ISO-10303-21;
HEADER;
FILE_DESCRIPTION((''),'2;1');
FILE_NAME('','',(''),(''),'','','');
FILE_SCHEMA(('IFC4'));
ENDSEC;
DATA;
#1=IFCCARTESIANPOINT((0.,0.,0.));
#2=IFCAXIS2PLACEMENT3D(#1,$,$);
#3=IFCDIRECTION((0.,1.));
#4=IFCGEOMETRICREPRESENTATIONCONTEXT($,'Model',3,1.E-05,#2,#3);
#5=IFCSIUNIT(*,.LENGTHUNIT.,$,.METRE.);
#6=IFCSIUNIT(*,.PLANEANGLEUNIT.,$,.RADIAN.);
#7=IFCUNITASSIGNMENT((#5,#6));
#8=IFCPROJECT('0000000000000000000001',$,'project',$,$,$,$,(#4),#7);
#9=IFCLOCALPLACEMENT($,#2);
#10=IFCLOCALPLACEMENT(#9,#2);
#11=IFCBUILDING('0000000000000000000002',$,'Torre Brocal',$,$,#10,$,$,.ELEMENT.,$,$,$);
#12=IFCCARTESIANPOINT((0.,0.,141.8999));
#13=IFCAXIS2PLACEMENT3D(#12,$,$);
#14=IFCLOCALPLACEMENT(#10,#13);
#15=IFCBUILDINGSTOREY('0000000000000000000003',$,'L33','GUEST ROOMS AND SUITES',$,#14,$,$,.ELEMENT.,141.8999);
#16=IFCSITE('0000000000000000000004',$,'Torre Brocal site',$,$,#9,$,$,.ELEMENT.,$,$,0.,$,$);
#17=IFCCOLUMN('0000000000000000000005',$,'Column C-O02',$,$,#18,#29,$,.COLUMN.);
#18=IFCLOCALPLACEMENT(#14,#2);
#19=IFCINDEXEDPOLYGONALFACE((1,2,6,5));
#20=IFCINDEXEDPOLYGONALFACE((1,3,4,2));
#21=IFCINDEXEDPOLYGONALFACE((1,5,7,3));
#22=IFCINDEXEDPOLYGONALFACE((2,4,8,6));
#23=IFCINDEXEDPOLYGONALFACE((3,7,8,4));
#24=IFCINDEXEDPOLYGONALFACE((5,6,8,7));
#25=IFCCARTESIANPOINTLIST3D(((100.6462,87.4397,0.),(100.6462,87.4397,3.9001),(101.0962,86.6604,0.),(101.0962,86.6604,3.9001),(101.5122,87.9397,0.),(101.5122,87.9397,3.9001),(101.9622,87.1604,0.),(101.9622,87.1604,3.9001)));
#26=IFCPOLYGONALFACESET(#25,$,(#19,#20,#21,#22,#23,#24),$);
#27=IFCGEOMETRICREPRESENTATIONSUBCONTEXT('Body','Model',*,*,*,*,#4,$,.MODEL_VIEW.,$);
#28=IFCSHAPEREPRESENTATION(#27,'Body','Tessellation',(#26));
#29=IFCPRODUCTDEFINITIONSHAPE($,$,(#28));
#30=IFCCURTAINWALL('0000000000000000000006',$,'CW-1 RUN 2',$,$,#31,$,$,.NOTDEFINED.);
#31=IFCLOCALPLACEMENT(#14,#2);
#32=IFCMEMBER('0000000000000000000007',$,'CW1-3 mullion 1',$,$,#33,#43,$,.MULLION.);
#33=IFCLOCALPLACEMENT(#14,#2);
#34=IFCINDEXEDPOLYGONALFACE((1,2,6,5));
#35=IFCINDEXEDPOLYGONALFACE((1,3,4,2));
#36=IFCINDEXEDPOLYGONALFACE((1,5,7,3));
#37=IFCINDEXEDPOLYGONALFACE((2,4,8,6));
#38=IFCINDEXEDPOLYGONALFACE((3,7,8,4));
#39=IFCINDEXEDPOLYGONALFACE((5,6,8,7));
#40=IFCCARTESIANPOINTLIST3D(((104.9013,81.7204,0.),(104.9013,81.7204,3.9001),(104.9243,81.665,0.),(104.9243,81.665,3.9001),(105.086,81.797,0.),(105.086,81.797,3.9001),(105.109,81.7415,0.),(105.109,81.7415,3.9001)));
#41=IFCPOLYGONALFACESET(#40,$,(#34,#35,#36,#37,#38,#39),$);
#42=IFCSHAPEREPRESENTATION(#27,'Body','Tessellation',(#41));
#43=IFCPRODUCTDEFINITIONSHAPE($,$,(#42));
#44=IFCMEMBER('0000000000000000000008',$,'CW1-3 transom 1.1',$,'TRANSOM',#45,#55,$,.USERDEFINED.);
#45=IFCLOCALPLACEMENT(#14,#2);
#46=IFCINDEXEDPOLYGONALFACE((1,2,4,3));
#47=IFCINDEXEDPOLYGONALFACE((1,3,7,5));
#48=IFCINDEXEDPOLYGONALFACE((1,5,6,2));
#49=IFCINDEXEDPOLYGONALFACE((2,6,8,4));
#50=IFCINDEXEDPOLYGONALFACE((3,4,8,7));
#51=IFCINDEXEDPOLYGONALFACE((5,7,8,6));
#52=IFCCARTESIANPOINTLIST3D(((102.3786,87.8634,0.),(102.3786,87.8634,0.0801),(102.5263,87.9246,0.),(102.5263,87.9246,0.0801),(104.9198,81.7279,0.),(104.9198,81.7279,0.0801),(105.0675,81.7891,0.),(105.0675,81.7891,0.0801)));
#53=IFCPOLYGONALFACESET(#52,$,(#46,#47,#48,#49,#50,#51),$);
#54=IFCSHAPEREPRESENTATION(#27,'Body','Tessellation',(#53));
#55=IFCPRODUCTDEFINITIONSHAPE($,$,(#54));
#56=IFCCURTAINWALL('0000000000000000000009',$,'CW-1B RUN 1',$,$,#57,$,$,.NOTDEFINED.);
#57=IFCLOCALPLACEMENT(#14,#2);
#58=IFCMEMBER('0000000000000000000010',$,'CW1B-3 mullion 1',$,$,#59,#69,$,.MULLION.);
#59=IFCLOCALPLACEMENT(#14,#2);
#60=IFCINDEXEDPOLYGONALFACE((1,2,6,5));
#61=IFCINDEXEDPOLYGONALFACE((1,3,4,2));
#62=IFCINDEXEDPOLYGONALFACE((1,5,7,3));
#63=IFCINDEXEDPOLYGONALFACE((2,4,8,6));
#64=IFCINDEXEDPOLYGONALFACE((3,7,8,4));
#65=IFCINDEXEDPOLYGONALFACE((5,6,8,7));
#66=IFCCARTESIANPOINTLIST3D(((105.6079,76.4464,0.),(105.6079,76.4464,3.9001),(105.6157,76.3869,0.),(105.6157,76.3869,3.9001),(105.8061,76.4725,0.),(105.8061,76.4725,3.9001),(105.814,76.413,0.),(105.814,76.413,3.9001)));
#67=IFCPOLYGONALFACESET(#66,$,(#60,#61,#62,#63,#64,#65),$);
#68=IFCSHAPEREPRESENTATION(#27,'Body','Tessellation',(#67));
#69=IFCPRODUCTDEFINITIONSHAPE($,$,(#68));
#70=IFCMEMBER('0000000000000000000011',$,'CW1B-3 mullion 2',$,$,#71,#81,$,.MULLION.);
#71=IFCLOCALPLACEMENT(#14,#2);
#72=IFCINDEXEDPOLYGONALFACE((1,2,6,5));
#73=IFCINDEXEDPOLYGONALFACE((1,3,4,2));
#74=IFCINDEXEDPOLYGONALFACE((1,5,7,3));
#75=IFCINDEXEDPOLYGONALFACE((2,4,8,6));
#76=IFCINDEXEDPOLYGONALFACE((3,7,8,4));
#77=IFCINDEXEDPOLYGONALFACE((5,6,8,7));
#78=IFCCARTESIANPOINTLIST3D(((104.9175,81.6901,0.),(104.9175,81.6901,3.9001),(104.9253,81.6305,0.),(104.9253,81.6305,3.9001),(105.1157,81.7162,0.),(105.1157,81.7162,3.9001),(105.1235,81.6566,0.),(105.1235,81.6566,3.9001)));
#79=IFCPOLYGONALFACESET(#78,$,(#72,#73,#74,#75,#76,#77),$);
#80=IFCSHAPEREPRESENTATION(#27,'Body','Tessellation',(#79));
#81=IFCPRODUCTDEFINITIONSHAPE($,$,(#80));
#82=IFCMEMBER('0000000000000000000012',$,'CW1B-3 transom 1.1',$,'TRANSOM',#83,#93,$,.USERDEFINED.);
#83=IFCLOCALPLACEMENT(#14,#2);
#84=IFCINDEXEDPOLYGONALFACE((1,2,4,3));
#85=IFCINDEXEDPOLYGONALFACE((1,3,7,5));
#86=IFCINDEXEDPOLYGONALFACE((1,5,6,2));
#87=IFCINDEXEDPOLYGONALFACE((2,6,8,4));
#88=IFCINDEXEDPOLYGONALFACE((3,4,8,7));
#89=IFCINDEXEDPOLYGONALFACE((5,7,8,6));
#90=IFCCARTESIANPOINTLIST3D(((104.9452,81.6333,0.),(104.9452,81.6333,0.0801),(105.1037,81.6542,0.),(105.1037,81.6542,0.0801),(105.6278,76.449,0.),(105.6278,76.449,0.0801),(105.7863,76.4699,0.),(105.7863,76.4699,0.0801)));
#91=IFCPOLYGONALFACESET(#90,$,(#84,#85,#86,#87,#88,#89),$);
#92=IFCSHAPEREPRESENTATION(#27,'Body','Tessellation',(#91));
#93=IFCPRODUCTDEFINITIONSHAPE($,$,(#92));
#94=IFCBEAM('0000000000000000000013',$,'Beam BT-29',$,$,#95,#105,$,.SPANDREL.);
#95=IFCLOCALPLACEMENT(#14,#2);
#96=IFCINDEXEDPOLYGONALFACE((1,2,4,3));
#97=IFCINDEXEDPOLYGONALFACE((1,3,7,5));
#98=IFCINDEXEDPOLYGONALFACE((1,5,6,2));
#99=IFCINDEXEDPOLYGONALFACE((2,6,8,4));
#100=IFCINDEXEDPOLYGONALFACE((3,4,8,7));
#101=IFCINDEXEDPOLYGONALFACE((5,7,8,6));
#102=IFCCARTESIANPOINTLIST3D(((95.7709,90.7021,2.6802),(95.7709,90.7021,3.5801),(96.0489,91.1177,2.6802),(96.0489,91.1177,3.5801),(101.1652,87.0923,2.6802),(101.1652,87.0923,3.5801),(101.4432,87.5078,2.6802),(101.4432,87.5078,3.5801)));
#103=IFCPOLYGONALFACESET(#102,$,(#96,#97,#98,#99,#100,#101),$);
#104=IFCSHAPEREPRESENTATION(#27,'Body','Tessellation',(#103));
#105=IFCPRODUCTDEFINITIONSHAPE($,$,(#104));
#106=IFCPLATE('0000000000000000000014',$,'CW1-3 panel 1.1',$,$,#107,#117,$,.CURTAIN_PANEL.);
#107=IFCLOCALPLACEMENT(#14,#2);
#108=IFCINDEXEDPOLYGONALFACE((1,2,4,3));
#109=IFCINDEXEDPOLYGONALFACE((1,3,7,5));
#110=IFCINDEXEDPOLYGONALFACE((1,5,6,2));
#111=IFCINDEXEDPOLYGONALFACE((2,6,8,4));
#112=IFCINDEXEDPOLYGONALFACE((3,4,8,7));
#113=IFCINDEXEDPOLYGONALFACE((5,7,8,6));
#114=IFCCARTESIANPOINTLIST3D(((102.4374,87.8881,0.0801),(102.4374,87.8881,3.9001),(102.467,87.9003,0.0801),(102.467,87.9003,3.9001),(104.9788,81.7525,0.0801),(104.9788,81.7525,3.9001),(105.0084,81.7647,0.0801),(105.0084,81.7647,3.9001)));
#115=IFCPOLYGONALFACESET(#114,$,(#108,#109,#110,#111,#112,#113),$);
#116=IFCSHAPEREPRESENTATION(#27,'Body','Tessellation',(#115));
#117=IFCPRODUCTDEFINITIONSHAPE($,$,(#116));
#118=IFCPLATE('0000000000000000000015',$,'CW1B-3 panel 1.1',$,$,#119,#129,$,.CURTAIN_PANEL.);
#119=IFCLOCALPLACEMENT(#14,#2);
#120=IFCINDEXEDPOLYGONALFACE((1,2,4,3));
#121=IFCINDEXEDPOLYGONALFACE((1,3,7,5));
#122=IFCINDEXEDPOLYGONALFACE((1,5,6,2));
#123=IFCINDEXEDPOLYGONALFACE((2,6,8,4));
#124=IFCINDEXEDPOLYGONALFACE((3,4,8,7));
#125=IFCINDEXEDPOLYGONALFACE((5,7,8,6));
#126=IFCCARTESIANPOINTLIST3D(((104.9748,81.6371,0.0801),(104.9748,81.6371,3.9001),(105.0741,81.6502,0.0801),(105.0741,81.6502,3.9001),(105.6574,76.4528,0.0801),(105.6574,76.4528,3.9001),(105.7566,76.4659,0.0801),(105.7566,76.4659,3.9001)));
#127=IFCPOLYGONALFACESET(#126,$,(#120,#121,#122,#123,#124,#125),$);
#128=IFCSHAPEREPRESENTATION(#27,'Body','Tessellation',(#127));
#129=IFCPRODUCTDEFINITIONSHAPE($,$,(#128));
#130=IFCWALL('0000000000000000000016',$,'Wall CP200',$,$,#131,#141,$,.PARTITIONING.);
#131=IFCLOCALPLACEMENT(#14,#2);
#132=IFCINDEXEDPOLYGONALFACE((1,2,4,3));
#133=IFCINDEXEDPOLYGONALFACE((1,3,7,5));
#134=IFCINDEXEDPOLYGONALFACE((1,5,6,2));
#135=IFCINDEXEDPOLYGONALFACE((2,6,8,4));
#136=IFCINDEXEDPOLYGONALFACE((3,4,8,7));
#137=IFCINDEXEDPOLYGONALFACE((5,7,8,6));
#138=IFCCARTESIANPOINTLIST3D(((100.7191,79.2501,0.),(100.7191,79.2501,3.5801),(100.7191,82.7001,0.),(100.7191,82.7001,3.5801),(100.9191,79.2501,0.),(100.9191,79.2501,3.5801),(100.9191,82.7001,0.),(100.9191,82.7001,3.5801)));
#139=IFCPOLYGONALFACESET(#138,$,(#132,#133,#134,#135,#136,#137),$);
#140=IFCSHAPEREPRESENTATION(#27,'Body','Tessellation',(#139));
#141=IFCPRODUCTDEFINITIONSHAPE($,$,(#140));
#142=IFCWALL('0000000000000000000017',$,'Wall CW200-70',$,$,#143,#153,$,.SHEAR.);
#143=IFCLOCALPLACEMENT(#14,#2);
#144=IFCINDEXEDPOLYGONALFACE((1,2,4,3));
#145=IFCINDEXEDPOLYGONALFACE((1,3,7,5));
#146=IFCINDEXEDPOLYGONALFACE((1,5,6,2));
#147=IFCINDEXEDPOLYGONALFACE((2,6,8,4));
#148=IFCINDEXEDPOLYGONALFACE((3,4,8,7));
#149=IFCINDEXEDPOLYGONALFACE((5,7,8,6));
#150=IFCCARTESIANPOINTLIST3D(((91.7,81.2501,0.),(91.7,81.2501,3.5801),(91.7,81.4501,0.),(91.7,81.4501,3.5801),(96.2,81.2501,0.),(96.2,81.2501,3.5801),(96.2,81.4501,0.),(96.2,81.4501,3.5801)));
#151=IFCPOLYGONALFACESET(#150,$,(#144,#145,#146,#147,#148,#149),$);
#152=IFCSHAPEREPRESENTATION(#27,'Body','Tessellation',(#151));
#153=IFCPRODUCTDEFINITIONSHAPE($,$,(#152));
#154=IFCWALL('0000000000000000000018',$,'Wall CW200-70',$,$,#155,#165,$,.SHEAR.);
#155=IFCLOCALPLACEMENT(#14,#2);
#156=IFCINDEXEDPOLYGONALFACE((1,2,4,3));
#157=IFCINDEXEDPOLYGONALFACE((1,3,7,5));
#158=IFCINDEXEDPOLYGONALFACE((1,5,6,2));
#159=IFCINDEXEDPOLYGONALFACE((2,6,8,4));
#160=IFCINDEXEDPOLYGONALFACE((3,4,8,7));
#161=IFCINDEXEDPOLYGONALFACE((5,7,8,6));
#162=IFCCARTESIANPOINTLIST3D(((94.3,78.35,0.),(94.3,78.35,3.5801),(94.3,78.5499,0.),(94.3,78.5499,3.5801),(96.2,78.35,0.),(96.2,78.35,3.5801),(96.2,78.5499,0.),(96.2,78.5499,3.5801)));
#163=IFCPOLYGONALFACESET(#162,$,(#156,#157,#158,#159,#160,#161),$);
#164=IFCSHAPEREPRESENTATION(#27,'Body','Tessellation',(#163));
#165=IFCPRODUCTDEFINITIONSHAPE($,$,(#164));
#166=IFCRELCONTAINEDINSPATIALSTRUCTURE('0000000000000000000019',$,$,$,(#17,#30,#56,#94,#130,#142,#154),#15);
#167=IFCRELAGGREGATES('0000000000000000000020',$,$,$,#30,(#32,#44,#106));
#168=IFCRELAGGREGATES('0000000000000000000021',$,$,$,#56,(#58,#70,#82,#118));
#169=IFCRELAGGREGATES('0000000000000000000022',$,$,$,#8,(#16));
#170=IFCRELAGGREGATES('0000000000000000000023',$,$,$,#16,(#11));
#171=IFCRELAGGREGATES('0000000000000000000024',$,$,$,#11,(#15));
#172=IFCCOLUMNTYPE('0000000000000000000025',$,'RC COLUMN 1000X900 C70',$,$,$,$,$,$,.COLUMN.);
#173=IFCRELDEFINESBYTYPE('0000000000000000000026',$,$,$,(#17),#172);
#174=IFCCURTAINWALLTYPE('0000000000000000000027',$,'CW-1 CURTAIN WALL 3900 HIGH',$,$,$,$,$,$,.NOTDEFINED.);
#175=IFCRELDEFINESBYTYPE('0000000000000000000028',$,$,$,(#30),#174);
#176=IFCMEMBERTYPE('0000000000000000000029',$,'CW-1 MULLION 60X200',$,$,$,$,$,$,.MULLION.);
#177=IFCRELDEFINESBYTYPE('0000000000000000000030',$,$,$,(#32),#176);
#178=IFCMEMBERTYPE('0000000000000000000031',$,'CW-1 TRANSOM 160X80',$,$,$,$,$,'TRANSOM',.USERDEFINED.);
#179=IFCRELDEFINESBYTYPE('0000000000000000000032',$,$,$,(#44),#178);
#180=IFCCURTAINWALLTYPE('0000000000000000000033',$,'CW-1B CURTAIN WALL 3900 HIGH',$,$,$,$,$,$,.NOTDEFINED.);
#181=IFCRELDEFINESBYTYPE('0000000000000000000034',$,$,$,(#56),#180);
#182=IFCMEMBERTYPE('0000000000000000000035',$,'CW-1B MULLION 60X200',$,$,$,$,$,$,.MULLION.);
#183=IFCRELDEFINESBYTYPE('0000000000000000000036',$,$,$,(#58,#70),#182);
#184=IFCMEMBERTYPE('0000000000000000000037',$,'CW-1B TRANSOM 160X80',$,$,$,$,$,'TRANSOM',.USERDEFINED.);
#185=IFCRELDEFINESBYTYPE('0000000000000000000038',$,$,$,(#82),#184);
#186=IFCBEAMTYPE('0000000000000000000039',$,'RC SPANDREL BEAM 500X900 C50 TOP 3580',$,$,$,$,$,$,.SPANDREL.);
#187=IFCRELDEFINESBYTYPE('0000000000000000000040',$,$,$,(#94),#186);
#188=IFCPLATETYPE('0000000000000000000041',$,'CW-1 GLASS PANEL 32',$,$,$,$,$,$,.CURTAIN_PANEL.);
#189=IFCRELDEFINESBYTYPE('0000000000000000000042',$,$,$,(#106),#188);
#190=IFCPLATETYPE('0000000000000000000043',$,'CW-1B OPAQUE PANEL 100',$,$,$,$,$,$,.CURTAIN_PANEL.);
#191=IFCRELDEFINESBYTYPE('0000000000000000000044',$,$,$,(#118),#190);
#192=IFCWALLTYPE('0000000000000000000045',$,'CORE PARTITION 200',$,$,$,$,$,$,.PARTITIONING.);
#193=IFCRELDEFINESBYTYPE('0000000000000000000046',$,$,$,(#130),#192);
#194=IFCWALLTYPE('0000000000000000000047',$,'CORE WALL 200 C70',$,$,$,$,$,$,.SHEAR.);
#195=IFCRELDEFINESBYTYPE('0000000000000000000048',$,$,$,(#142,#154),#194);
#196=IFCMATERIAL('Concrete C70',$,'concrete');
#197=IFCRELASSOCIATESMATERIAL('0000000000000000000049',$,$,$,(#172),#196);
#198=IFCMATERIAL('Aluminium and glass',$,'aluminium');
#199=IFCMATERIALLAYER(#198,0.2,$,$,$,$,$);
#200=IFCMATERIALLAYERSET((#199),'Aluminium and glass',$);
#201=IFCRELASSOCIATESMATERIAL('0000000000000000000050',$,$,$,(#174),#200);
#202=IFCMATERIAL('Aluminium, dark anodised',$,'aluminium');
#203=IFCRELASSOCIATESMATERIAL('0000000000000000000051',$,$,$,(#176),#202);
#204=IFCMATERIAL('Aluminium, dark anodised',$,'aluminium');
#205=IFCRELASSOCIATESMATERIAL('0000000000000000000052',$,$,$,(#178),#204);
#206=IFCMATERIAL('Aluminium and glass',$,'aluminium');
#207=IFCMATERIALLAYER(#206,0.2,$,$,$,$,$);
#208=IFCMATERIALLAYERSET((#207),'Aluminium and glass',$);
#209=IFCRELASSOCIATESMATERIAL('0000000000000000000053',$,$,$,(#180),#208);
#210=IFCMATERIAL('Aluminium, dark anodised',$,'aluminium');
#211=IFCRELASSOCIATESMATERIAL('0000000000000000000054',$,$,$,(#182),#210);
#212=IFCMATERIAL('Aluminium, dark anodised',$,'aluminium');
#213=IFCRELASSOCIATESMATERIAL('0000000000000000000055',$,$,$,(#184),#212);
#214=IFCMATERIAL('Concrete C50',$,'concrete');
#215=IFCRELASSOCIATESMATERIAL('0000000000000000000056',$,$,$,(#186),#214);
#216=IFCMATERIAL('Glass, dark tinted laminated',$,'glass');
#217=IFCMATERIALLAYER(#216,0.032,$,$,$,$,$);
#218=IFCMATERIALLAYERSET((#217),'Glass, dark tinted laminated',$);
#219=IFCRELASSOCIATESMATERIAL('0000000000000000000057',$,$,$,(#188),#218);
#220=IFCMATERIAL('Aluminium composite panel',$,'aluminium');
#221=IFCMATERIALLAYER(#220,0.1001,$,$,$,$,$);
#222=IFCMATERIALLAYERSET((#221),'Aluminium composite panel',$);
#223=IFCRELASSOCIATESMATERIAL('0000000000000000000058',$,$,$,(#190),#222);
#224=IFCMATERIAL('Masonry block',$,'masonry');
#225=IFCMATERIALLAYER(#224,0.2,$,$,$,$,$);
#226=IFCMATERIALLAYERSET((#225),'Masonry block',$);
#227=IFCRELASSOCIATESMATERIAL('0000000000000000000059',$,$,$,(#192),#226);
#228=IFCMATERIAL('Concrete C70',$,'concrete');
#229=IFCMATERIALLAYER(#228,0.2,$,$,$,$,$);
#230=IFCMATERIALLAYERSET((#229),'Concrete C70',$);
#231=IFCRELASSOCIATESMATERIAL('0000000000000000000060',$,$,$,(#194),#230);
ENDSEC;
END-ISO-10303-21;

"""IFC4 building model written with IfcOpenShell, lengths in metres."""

from ifc_helpers import new_model, si_unit, direction, frame, frame_2d, origin, origin_2d, place, context, subcontext, project, spatial, rectangle, extrude, material, layer, layer_set, material_profile, profile_set, type_object, element, aggregate, save


model = new_model("IFC4")

# Units and contexts
model_context = context("Model", 3, precision=1e-05, world=origin(), true_north=direction((0.0, 1.0)))
body_context = subcontext(model_context, "Body", "Model", "MODEL_VIEW")
ifc_project = project(units=[si_unit("LENGTHUNIT", "METRE"), si_unit("PLANEANGLEUNIT", "RADIAN")], contexts=[model_context])

# Site, building, storey
site_placement = place(None, origin())
site = spatial("IfcSite", under=ifc_project, at=site_placement, Name="Torre Brocal site", CompositionType="ELEMENT", RefElevation=0.0)
building_placement = place(site_placement, origin())
building = spatial("IfcBuilding", under=site, at=building_placement, Name="Torre Brocal", CompositionType="ELEMENT")
storey_placement = place(building_placement, frame((0.0, 0.0, 141.8999)))
storey = spatial("IfcBuildingStorey", under=building, at=storey_placement, Name="L33", Description="GUEST ROOMS AND SUITES", CompositionType="ELEMENT", Elevation=141.8999)

# Column
ifc_material_1 = material(Name="Concrete C70", Category="concrete")
ifc_material_profile_1 = material_profile(ifc_material_1, rectangle(XDim=1.0, YDim=0.8999, at=origin_2d()), Name="RC 1000X900")
ifc_profile_set_1 = profile_set([ifc_material_profile_1], Name="Concrete C70")
column_type = type_object("IfcColumnType", Name="RC COLUMN 1000X900 C70", PredefinedType="COLUMN", material=ifc_profile_set_1)
column_placement = place(storey_placement, frame((101.3042, 87.3, 0.0), z_axis=(0.0, 0.0, 1.0), x_axis=(0.866025, 0.5, 0.0)))
element("IfcColumn", 1, at=column_placement, inside=storey, type_object=column_type, Name="Column C-O02", PredefinedType="COLUMN", context=body_context, shape_type="SweptSolid", body=[
    extrude(rectangle(XDim=1.0, YDim=0.8999, at=origin_2d()), origin(), (0.0, 0.0, 1.0), 3.9001),
])

# Curtain walls, members
ifc_material_2 = material(Name="Aluminium and glass", Category="aluminium")
ifc_layer_1 = layer(ifc_material_2, 0.2)
ifc_layer_set_1 = layer_set([ifc_layer_1], Name="Aluminium and glass")
curtain_wall_type_1 = type_object("IfcCurtainWallType", Name="CW-1 CURTAIN WALL 3900 HIGH", PredefinedType="NOTDEFINED", material=ifc_layer_set_1)
curtain_wall_1_placement = place(storey_placement, origin())
curtain_wall_1 = element("IfcCurtainWall", 2, at=curtain_wall_1_placement, inside=storey, type_object=curtain_wall_type_1, Name="CW-1 RUN 2", PredefinedType="NOTDEFINED")
ifc_material_3 = material(Name="Aluminium, dark anodised", Category="aluminium")
ifc_material_profile_2 = material_profile(ifc_material_3, rectangle(XDim=0.2, YDim=0.0601, at=origin_2d()), Name="CW-1 MULLION 60X200")
ifc_profile_set_2 = profile_set([ifc_material_profile_2], Name="Aluminium, dark anodised")
member_type_1 = type_object("IfcMemberType", Name="CW-1 MULLION 60X200", PredefinedType="MULLION", material=ifc_profile_set_2)
member_1_placement = place(storey_placement, frame((105.0051, 81.731, 0.0), z_axis=(0.0, 0.0, 1.0), x_axis=(-0.92388, -0.382683, 0.0)))
member_1 = element("IfcMember", 3, at=member_1_placement, type_object=member_type_1, Name="CW1-3 mullion 1", PredefinedType="MULLION", context=body_context, shape_type="SweptSolid", body=[
    extrude(rectangle(XDim=0.2, YDim=0.0601, at=origin_2d()), origin(), (0.0, 0.0, 1.0), 3.9001),
])
ifc_material_4 = material(Name="Aluminium, dark anodised", Category="aluminium")
ifc_material_profile_3 = material_profile(ifc_material_4, rectangle(XDim=0.1599, YDim=0.0801, at=origin_2d()), Name="CW-1 TRANSOM 160X80")
ifc_profile_set_3 = profile_set([ifc_material_profile_3], Name="Aluminium, dark anodised")
member_type_2 = type_object("IfcMemberType", Name="CW-1 TRANSOM 160X80", ElementType="TRANSOM", PredefinedType="USERDEFINED", material=ifc_profile_set_3)
member_2_placement = place(storey_placement, frame((104.9937, 81.7585, 0.04), z_axis=(-0.382665, 0.923887, 0.0), x_axis=(-0.923887, -0.382665, 0.0)))
member_2 = element("IfcMember", 4, at=member_2_placement, type_object=member_type_2, Name="CW1-3 transom 1.1", ObjectType="TRANSOM", PredefinedType="USERDEFINED", context=body_context, shape_type="SweptSolid", body=[
    extrude(rectangle(XDim=0.1599, YDim=0.0801, at=origin_2d()), origin(), (0.0, 0.0, 1.0), 6.6409),
])
ifc_material_5 = material(Name="Aluminium and glass", Category="aluminium")
ifc_layer_2 = layer(ifc_material_5, 0.2)
ifc_layer_set_2 = layer_set([ifc_layer_2], Name="Aluminium and glass")
curtain_wall_type_2 = type_object("IfcCurtainWallType", Name="CW-1B CURTAIN WALL 3900 HIGH", PredefinedType="NOTDEFINED", material=ifc_layer_set_2)
curtain_wall_2_placement = place(storey_placement, origin())
curtain_wall_2 = element("IfcCurtainWall", 5, at=curtain_wall_2_placement, inside=storey, type_object=curtain_wall_type_2, Name="CW-1B RUN 1", PredefinedType="NOTDEFINED")
ifc_material_6 = material(Name="Aluminium, dark anodised", Category="aluminium")
ifc_material_profile_4 = material_profile(ifc_material_6, rectangle(XDim=0.2, YDim=0.0601, at=origin_2d()), Name="CW-1B MULLION 60X200")
ifc_profile_set_4 = profile_set([ifc_material_profile_4], Name="Aluminium, dark anodised")
member_type_3 = type_object("IfcMemberType", Name="CW-1B MULLION 60X200", PredefinedType="MULLION", material=ifc_profile_set_4)
member_3_placement = place(storey_placement, frame((105.7109, 76.4297, 0.0), z_axis=(0.0, 0.0, 1.0), x_axis=(-0.991445, -0.130526, 0.0)))
member_3 = element("IfcMember", 6, at=member_3_placement, type_object=member_type_3, Name="CW1B-3 mullion 1", PredefinedType="MULLION", context=body_context, shape_type="SweptSolid", body=[
    extrude(rectangle(XDim=0.2, YDim=0.0601, at=origin_2d()), origin(), (0.0, 0.0, 1.0), 3.9001),
])
member_4_placement = place(storey_placement, frame((105.0205, 81.6733, 0.0), z_axis=(0.0, 0.0, 1.0), x_axis=(-0.991445, -0.130526, 0.0)))
member_4 = element("IfcMember", 7, at=member_4_placement, type_object=member_type_3, Name="CW1B-3 mullion 2", PredefinedType="MULLION", context=body_context, shape_type="SweptSolid", body=[
    extrude(rectangle(XDim=0.2, YDim=0.0601, at=origin_2d()), origin(), (0.0, 0.0, 1.0), 3.9001),
])
ifc_material_7 = material(Name="Aluminium, dark anodised", Category="aluminium")
ifc_material_profile_5 = material_profile(ifc_material_7, rectangle(XDim=0.1599, YDim=0.0801, at=origin_2d()), Name="CW-1B TRANSOM 160X80")
ifc_profile_set_5 = profile_set([ifc_material_profile_5], Name="Aluminium, dark anodised")
member_type_4 = type_object("IfcMemberType", Name="CW-1B TRANSOM 160X80", ElementType="TRANSOM", PredefinedType="USERDEFINED", material=ifc_profile_set_5)
member_5_placement = place(storey_placement, frame((105.707, 76.4595, 0.04), z_axis=(-0.130543, 0.991443, 0.0), x_axis=(-0.991443, -0.130543, 0.0)))
member_5 = element("IfcMember", 8, at=member_5_placement, type_object=member_type_4, Name="CW1B-3 transom 1.1", ObjectType="TRANSOM", PredefinedType="USERDEFINED", context=body_context, shape_type="SweptSolid", body=[
    extrude(rectangle(XDim=0.1599, YDim=0.0801, at=origin_2d()), origin(), (0.0, 0.0, 1.0), 5.229),
])

# Beam
ifc_material_8 = material(Name="Concrete C50", Category="concrete")
ifc_material_profile_6 = material_profile(ifc_material_8, rectangle(XDim=0.5, YDim=0.8999, at=origin_2d()), Name="RC 500X900")
ifc_profile_set_6 = profile_set([ifc_material_profile_6], Name="Concrete C50")
beam_type = type_object("IfcBeamType", Name="RC SPANDREL BEAM 500X900 C50 TOP 3580", PredefinedType="SPANDREL", material=ifc_profile_set_6)
beam_placement = place(storey_placement, frame((101.3042, 87.3, 3.1301), z_axis=(-0.831077, 0.556158, 0.0), x_axis=(-0.556158, -0.831077, 0.0)))
element("IfcBeam", 9, at=beam_placement, inside=storey, type_object=beam_type, Name="Beam BT-29", PredefinedType="SPANDREL", context=body_context, shape_type="SweptSolid", body=[
    extrude(rectangle(XDim=0.5, YDim=0.8999, at=origin_2d()), origin(), (0.0, 0.0, 1.0), 6.4907),
])

# Plates
ifc_material_9 = material(Name="Glass, dark tinted laminated", Category="glass")
ifc_layer_3 = layer(ifc_material_9, 0.032)
ifc_layer_set_3 = layer_set([ifc_layer_3], Name="Glass, dark tinted laminated")
plate_type_1 = type_object("IfcPlateType", Name="CW-1 GLASS PANEL 32", PredefinedType="CURTAIN_PANEL", material=ifc_layer_set_3)
plate_1_placement = place(storey_placement, frame((103.7229, 84.8264, 0.0801), z_axis=(0.0, 0.0, 1.0), x_axis=(-0.382683, 0.92388, 0.0)))
plate_1 = element("IfcPlate", 10, at=plate_1_placement, type_object=plate_type_1, Name="CW1-3 panel 1.1", PredefinedType="CURTAIN_PANEL", context=body_context, shape_type="SweptSolid", body=[
    extrude(rectangle(XDim=6.6411, YDim=0.032, at=origin_2d()), origin(), (0.0, 0.0, 1.0), 3.8201),
])
aggregate(curtain_wall_1, [member_1, member_2, plate_1])
ifc_material_10 = material(Name="Aluminium composite panel", Category="aluminium")
ifc_layer_4 = layer(ifc_material_10, 0.1001)
ifc_layer_set_4 = layer_set([ifc_layer_4], Name="Aluminium composite panel")
plate_type_2 = type_object("IfcPlateType", Name="CW-1B OPAQUE PANEL 100", PredefinedType="CURTAIN_PANEL", material=ifc_layer_set_4)
plate_2_placement = place(storey_placement, frame((105.3657, 79.0515, 0.0801), z_axis=(0.0, 0.0, 1.0), x_axis=(-0.130526, 0.991445, 0.0)))
plate_2 = element("IfcPlate", 11, at=plate_2_placement, type_object=plate_type_2, Name="CW1B-3 panel 1.1", PredefinedType="CURTAIN_PANEL", context=body_context, shape_type="SweptSolid", body=[
    extrude(rectangle(XDim=5.229, YDim=0.1001, at=origin_2d()), origin(), (0.0, 0.0, 1.0), 3.8201),
])
aggregate(curtain_wall_2, [member_3, member_4, member_5, plate_2])

# Walls
ifc_material_11 = material(Name="Masonry block", Category="masonry")
ifc_layer_5 = layer(ifc_material_11, 0.2)
ifc_layer_set_5 = layer_set([ifc_layer_5], Name="Masonry block")
wall_type_1 = type_object("IfcWallType", Name="CORE PARTITION 200", PredefinedType="PARTITIONING", material=ifc_layer_set_5)
wall_1_placement = place(storey_placement, frame((100.8191, 79.25, 0.0), z_axis=(0.0, 0.0, 1.0), x_axis=(0.0, 1.0, 0.0)))
element("IfcWall", 12, at=wall_1_placement, inside=storey, type_object=wall_type_1, Name="Wall CP200", PredefinedType="PARTITIONING", context=body_context, shape_type="SweptSolid", body=[
    extrude(rectangle(XDim=3.45, YDim=0.2, at=frame_2d((1.7251, 0.0))), origin(), (0.0, 0.0, 1.0), 3.5801),
])
ifc_material_12 = material(Name="Concrete C70", Category="concrete")
ifc_layer_6 = layer(ifc_material_12, 0.2)
ifc_layer_set_6 = layer_set([ifc_layer_6], Name="Concrete C70")
wall_type_2 = type_object("IfcWallType", Name="CORE WALL 200 C70", PredefinedType="SHEAR", material=ifc_layer_set_6)
wall_2_placement = place(storey_placement, frame((91.7, 81.3501, 0.0), z_axis=(0.0, 0.0, 1.0), x_axis=(1.0, 0.0, 0.0)))
element("IfcWall", 13, at=wall_2_placement, inside=storey, type_object=wall_type_2, Name="Wall CW200-70", PredefinedType="SHEAR", context=body_context, shape_type="SweptSolid", body=[
    extrude(rectangle(XDim=4.5, YDim=0.2, at=frame_2d((2.25, 0.0))), origin(), (0.0, 0.0, 1.0), 3.5801),
])
wall_3_placement = place(storey_placement, frame((94.3, 78.45, 0.0), z_axis=(0.0, 0.0, 1.0), x_axis=(1.0, 0.0, 0.0)))
element("IfcWall", 14, at=wall_3_placement, inside=storey, type_object=wall_type_2, Name="Wall CW200-70", PredefinedType="SHEAR", context=body_context, shape_type="SweptSolid", body=[
    extrude(rectangle(XDim=1.8999, YDim=0.2, at=frame_2d((0.95, 0.0))), origin(), (0.0, 0.0, 1.0), 3.5801),
])

save(model, "model.ifc")
